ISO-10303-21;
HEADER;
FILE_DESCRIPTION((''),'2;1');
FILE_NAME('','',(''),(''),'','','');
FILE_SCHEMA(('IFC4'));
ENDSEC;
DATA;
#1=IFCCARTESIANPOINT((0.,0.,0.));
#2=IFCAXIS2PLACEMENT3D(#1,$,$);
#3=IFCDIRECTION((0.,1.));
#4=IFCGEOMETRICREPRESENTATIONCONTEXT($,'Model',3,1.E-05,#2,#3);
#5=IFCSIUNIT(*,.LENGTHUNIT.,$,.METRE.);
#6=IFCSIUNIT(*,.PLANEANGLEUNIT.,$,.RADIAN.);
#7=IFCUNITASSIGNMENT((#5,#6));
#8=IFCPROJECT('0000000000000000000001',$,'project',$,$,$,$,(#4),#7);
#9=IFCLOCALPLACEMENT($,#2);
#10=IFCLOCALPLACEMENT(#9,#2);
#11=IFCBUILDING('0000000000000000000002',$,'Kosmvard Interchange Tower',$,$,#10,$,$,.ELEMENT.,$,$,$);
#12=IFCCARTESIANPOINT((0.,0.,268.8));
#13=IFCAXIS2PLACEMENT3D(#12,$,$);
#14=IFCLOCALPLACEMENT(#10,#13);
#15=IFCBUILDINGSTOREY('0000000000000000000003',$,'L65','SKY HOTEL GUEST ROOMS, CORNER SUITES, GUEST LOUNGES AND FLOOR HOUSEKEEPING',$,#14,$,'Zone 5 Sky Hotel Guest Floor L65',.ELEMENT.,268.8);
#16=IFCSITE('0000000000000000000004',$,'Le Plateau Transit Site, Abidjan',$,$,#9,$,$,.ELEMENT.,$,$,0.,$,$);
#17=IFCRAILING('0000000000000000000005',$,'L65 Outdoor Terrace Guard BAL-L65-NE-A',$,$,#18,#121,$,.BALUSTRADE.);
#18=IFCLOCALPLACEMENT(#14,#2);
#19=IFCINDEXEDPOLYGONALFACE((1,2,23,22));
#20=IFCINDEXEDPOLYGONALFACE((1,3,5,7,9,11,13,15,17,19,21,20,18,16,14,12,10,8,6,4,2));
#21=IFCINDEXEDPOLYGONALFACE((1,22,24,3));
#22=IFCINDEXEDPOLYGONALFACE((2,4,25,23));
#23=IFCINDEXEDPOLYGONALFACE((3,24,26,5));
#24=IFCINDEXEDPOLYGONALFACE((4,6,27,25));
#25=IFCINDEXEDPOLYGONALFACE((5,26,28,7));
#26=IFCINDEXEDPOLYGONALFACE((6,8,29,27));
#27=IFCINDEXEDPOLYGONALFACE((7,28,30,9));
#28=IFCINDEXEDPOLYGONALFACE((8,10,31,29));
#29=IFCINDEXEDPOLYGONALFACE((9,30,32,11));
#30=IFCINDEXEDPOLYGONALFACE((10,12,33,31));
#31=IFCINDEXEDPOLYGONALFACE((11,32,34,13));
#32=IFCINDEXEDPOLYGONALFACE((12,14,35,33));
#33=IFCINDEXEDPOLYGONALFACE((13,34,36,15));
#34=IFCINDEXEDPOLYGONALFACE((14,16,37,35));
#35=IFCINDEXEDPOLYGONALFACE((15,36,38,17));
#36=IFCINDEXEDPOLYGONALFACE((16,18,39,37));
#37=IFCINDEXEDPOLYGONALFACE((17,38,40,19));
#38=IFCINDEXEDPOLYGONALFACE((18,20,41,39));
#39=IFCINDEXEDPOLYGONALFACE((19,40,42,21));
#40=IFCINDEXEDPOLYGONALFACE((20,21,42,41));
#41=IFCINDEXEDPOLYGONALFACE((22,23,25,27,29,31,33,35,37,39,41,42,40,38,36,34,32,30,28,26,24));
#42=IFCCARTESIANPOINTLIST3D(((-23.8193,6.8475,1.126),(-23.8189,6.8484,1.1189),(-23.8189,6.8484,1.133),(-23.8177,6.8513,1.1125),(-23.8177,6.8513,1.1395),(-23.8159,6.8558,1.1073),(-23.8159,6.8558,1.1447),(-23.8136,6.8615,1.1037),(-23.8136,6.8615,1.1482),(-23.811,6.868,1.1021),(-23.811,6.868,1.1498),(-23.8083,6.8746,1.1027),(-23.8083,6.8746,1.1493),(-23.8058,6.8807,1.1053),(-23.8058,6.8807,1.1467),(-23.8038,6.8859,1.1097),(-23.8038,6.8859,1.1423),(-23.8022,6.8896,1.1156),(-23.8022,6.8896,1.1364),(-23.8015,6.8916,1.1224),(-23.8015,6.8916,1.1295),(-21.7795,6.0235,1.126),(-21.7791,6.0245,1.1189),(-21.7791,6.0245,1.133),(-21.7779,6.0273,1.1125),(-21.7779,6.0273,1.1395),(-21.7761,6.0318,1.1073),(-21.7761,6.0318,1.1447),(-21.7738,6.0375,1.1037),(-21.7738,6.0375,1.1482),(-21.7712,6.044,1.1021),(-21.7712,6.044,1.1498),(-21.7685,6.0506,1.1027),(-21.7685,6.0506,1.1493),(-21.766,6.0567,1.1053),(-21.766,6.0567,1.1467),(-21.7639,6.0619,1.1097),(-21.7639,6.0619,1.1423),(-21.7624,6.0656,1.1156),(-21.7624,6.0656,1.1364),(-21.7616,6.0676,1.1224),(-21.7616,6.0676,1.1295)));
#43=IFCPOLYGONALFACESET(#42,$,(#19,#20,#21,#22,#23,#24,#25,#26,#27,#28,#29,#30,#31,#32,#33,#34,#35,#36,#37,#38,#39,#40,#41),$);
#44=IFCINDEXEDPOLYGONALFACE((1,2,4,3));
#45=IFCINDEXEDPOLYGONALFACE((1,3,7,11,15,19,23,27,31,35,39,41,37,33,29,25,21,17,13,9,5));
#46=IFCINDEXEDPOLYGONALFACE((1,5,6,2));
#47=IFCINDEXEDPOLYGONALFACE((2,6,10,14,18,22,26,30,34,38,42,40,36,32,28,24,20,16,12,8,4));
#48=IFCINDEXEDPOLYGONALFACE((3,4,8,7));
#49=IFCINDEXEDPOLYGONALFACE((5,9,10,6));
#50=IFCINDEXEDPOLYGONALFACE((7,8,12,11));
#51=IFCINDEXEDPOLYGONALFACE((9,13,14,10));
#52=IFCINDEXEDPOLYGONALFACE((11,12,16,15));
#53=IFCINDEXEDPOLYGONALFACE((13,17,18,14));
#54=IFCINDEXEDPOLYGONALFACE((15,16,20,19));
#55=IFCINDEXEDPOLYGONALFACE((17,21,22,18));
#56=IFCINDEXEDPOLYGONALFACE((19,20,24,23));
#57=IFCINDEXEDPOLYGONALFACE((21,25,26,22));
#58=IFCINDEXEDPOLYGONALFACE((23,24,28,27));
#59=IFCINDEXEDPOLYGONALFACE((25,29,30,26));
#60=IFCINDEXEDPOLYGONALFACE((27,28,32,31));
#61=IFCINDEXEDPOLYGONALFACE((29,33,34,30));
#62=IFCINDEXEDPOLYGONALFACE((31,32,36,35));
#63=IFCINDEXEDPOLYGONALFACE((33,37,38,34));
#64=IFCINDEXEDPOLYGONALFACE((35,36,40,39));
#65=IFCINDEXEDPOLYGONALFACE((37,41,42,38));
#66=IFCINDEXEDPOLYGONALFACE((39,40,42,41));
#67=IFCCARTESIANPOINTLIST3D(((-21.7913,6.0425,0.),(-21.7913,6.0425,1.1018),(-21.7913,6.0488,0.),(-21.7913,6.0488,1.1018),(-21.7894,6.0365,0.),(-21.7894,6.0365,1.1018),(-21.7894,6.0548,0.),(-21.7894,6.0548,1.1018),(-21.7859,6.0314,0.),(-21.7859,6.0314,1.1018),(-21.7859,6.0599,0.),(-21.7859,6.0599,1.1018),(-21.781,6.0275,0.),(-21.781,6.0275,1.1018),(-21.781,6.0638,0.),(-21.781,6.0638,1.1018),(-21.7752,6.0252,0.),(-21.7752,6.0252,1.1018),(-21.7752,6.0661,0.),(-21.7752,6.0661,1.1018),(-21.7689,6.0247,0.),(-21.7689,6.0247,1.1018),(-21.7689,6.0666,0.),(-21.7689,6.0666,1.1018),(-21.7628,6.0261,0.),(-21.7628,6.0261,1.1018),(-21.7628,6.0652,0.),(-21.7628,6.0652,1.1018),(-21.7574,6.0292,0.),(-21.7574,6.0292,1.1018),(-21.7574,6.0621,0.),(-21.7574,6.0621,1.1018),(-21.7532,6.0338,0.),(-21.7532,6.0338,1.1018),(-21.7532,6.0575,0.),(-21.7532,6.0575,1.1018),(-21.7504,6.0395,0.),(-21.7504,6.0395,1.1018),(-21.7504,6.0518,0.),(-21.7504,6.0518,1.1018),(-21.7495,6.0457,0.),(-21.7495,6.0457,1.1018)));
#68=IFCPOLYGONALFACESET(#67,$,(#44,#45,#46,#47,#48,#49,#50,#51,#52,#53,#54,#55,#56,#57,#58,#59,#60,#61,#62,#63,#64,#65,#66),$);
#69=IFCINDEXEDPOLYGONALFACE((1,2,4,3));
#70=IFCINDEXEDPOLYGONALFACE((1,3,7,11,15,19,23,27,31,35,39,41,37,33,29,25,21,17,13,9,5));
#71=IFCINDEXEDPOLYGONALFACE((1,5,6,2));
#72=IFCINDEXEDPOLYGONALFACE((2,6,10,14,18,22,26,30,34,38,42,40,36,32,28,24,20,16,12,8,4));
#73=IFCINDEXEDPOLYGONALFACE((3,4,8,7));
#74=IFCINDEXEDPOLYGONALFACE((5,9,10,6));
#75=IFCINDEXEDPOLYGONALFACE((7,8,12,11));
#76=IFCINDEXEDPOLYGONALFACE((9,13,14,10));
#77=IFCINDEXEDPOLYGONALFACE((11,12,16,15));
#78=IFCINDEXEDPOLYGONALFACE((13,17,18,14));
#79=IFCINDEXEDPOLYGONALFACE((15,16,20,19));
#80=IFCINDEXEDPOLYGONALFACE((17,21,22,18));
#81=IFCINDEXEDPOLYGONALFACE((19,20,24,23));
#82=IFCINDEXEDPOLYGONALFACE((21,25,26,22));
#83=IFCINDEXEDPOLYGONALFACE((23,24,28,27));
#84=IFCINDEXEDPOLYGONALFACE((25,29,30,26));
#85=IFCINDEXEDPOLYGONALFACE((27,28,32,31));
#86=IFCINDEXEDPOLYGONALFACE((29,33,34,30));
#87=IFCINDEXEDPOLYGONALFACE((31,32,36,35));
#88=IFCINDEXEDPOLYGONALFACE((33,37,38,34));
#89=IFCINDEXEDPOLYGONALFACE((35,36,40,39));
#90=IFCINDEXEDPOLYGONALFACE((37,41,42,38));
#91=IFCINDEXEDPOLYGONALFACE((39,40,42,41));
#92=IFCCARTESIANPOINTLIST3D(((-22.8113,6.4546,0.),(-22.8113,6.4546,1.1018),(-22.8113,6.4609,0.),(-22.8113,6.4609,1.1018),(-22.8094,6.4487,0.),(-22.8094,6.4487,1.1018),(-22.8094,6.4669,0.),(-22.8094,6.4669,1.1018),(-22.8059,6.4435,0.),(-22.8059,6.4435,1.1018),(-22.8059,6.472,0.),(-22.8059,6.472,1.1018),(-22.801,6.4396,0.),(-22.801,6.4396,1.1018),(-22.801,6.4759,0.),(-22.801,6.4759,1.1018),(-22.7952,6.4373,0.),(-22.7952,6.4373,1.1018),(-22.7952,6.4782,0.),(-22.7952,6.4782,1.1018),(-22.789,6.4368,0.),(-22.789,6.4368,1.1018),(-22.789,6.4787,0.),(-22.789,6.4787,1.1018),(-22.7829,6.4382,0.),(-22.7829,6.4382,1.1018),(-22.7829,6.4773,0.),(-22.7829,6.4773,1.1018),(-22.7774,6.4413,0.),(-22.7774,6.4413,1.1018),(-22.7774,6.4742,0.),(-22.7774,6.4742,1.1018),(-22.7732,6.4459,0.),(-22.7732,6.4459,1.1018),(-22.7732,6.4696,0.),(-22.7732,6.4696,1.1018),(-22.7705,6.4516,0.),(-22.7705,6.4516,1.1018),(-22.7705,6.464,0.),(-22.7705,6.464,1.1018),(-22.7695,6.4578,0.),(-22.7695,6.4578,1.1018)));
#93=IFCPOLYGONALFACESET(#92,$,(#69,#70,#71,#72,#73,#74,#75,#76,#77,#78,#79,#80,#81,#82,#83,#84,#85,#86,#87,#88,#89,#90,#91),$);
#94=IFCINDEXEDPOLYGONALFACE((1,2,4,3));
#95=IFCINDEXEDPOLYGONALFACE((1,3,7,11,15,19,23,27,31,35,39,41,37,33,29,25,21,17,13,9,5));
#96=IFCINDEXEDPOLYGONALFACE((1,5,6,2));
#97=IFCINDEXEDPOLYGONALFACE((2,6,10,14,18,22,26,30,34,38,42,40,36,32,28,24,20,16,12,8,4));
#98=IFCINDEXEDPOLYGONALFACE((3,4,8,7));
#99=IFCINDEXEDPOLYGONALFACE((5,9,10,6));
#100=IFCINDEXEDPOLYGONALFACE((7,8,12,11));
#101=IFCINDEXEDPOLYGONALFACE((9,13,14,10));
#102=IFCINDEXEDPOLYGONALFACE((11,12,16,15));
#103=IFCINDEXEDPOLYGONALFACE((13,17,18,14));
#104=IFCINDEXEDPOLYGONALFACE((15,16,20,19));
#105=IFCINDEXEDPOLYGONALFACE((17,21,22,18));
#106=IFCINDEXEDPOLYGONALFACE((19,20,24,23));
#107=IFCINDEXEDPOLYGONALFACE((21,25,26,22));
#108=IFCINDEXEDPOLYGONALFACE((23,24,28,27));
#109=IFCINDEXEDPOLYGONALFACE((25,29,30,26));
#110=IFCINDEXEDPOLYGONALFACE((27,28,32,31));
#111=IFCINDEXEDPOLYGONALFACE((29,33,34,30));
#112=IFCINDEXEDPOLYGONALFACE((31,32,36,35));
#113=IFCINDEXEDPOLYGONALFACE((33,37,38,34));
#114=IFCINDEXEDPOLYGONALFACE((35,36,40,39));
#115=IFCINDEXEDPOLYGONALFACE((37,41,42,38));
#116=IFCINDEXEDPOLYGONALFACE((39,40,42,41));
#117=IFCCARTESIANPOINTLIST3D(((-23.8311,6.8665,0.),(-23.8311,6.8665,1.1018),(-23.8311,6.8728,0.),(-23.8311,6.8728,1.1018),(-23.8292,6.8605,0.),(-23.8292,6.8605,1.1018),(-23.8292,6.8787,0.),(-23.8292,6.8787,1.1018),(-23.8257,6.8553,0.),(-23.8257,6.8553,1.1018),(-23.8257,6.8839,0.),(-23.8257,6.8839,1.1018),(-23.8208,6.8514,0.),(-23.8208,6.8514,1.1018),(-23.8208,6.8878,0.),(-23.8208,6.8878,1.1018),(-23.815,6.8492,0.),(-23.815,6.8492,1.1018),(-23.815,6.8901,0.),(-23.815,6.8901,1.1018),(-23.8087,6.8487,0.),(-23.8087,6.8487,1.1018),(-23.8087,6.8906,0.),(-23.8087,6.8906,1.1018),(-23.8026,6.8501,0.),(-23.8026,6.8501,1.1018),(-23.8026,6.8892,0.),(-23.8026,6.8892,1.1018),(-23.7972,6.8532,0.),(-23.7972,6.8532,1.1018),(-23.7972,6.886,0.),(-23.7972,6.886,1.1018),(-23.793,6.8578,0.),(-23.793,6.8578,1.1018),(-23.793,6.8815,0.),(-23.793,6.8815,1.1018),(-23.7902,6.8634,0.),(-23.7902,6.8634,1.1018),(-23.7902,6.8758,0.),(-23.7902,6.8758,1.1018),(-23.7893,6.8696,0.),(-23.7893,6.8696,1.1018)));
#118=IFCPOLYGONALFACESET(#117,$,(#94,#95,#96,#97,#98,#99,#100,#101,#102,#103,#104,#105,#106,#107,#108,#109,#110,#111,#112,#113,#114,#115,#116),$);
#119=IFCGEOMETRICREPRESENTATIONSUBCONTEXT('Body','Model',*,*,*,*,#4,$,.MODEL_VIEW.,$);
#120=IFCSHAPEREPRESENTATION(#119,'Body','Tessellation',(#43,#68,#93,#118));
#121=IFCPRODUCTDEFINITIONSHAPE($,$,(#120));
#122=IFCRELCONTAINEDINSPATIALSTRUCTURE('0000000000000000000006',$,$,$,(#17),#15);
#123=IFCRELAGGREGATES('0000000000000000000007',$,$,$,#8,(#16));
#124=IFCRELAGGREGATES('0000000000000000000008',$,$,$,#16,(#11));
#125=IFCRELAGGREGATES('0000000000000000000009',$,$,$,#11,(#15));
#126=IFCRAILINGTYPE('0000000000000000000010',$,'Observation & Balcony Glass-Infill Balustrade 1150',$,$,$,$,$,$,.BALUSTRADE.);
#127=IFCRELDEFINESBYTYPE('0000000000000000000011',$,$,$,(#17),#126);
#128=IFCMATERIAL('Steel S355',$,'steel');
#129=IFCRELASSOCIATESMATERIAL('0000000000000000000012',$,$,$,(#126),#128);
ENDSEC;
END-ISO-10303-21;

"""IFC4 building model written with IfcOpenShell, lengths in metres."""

from ifc_helpers import new_model, si_unit, direction, frame, origin, origin_2d, place, context, subcontext, project, spatial, circle, extrude, source, transform, mapped, material, type_object, element, save


model = new_model("IFC4")

# Units and contexts
model_context = context("Model", 3, precision=1e-05, world=origin(), true_north=direction((0.0, 1.0)))
body_context = subcontext(model_context, "Body", "Model", "MODEL_VIEW")
ifc_project = project(units=[si_unit("LENGTHUNIT", "METRE"), si_unit("PLANEANGLEUNIT", "RADIAN")], contexts=[model_context])

# Site, building, storey
site_placement = place(None, origin())
site = spatial("IfcSite", under=ifc_project, at=site_placement, Name="Le Plateau Transit Site, Abidjan", CompositionType="ELEMENT", RefElevation=0.0)
building_placement = place(site_placement, origin())
building = spatial("IfcBuilding", under=site, at=building_placement, Name="Kosmvard Interchange Tower", CompositionType="ELEMENT")
storey_placement = place(building_placement, frame((0.0, 0.0, 268.8)))
storey = spatial("IfcBuildingStorey", under=building, at=storey_placement, Name="L65", Description="SKY HOTEL GUEST ROOMS, CORNER SUITES, GUEST LOUNGES AND FLOOR HOUSEKEEPING", LongName="Zone 5 Sky Hotel Guest Floor L65", CompositionType="ELEMENT", Elevation=268.8)

# Shared definitions
ifc_material_1 = material(Name="Steel S355", Category="steel")

# Railing
railing_type_1 = type_object("IfcRailingType", Name="Observation & Balcony Glass-Infill Balustrade 1150", PredefinedType="BALUSTRADE", material=ifc_material_1)
shared_shape_1 = source(origin(), body_context, "Body", "SweptSolid", [
    extrude(circle(Radius=0.0239, at=origin_2d()), frame((0.0, 0.0, 1.126), z_axis=(-0.927208, 0.374546, 0.0), x_axis=(-0.374546, -0.927208, 0.0)), (0.0, 0.0, 1.0), 2.2),
    extrude(circle(Radius=0.021, at=origin_2d()), origin(), (0.0, 0.0, 1.0), 1.1018),
    extrude(circle(Radius=0.021, at=origin_2d()), frame((-1.02, 0.4121, 0.0)), (0.0, 0.0, 1.0), 1.1018),
    extrude(circle(Radius=0.021, at=origin_2d()), frame((-2.0398, 0.824, 0.0)), (0.0, 0.0, 1.0), 1.1018),
])
railing_1_placement = place(storey_placement, frame((-21.7705, 6.0457, 0.0)))
element("IfcRailing", 1, at=railing_1_placement, inside=storey, type_object=railing_type_1, Name="L65 Outdoor Terrace Guard BAL-L65-NE-A", PredefinedType="BALUSTRADE", context=body_context, shape_type="MappedRepresentation", body=[
    mapped(shared_shape_1, transform((0.0, 0.0, 0.0), scale=1.0)),
])

save(model, "model.ifc")
